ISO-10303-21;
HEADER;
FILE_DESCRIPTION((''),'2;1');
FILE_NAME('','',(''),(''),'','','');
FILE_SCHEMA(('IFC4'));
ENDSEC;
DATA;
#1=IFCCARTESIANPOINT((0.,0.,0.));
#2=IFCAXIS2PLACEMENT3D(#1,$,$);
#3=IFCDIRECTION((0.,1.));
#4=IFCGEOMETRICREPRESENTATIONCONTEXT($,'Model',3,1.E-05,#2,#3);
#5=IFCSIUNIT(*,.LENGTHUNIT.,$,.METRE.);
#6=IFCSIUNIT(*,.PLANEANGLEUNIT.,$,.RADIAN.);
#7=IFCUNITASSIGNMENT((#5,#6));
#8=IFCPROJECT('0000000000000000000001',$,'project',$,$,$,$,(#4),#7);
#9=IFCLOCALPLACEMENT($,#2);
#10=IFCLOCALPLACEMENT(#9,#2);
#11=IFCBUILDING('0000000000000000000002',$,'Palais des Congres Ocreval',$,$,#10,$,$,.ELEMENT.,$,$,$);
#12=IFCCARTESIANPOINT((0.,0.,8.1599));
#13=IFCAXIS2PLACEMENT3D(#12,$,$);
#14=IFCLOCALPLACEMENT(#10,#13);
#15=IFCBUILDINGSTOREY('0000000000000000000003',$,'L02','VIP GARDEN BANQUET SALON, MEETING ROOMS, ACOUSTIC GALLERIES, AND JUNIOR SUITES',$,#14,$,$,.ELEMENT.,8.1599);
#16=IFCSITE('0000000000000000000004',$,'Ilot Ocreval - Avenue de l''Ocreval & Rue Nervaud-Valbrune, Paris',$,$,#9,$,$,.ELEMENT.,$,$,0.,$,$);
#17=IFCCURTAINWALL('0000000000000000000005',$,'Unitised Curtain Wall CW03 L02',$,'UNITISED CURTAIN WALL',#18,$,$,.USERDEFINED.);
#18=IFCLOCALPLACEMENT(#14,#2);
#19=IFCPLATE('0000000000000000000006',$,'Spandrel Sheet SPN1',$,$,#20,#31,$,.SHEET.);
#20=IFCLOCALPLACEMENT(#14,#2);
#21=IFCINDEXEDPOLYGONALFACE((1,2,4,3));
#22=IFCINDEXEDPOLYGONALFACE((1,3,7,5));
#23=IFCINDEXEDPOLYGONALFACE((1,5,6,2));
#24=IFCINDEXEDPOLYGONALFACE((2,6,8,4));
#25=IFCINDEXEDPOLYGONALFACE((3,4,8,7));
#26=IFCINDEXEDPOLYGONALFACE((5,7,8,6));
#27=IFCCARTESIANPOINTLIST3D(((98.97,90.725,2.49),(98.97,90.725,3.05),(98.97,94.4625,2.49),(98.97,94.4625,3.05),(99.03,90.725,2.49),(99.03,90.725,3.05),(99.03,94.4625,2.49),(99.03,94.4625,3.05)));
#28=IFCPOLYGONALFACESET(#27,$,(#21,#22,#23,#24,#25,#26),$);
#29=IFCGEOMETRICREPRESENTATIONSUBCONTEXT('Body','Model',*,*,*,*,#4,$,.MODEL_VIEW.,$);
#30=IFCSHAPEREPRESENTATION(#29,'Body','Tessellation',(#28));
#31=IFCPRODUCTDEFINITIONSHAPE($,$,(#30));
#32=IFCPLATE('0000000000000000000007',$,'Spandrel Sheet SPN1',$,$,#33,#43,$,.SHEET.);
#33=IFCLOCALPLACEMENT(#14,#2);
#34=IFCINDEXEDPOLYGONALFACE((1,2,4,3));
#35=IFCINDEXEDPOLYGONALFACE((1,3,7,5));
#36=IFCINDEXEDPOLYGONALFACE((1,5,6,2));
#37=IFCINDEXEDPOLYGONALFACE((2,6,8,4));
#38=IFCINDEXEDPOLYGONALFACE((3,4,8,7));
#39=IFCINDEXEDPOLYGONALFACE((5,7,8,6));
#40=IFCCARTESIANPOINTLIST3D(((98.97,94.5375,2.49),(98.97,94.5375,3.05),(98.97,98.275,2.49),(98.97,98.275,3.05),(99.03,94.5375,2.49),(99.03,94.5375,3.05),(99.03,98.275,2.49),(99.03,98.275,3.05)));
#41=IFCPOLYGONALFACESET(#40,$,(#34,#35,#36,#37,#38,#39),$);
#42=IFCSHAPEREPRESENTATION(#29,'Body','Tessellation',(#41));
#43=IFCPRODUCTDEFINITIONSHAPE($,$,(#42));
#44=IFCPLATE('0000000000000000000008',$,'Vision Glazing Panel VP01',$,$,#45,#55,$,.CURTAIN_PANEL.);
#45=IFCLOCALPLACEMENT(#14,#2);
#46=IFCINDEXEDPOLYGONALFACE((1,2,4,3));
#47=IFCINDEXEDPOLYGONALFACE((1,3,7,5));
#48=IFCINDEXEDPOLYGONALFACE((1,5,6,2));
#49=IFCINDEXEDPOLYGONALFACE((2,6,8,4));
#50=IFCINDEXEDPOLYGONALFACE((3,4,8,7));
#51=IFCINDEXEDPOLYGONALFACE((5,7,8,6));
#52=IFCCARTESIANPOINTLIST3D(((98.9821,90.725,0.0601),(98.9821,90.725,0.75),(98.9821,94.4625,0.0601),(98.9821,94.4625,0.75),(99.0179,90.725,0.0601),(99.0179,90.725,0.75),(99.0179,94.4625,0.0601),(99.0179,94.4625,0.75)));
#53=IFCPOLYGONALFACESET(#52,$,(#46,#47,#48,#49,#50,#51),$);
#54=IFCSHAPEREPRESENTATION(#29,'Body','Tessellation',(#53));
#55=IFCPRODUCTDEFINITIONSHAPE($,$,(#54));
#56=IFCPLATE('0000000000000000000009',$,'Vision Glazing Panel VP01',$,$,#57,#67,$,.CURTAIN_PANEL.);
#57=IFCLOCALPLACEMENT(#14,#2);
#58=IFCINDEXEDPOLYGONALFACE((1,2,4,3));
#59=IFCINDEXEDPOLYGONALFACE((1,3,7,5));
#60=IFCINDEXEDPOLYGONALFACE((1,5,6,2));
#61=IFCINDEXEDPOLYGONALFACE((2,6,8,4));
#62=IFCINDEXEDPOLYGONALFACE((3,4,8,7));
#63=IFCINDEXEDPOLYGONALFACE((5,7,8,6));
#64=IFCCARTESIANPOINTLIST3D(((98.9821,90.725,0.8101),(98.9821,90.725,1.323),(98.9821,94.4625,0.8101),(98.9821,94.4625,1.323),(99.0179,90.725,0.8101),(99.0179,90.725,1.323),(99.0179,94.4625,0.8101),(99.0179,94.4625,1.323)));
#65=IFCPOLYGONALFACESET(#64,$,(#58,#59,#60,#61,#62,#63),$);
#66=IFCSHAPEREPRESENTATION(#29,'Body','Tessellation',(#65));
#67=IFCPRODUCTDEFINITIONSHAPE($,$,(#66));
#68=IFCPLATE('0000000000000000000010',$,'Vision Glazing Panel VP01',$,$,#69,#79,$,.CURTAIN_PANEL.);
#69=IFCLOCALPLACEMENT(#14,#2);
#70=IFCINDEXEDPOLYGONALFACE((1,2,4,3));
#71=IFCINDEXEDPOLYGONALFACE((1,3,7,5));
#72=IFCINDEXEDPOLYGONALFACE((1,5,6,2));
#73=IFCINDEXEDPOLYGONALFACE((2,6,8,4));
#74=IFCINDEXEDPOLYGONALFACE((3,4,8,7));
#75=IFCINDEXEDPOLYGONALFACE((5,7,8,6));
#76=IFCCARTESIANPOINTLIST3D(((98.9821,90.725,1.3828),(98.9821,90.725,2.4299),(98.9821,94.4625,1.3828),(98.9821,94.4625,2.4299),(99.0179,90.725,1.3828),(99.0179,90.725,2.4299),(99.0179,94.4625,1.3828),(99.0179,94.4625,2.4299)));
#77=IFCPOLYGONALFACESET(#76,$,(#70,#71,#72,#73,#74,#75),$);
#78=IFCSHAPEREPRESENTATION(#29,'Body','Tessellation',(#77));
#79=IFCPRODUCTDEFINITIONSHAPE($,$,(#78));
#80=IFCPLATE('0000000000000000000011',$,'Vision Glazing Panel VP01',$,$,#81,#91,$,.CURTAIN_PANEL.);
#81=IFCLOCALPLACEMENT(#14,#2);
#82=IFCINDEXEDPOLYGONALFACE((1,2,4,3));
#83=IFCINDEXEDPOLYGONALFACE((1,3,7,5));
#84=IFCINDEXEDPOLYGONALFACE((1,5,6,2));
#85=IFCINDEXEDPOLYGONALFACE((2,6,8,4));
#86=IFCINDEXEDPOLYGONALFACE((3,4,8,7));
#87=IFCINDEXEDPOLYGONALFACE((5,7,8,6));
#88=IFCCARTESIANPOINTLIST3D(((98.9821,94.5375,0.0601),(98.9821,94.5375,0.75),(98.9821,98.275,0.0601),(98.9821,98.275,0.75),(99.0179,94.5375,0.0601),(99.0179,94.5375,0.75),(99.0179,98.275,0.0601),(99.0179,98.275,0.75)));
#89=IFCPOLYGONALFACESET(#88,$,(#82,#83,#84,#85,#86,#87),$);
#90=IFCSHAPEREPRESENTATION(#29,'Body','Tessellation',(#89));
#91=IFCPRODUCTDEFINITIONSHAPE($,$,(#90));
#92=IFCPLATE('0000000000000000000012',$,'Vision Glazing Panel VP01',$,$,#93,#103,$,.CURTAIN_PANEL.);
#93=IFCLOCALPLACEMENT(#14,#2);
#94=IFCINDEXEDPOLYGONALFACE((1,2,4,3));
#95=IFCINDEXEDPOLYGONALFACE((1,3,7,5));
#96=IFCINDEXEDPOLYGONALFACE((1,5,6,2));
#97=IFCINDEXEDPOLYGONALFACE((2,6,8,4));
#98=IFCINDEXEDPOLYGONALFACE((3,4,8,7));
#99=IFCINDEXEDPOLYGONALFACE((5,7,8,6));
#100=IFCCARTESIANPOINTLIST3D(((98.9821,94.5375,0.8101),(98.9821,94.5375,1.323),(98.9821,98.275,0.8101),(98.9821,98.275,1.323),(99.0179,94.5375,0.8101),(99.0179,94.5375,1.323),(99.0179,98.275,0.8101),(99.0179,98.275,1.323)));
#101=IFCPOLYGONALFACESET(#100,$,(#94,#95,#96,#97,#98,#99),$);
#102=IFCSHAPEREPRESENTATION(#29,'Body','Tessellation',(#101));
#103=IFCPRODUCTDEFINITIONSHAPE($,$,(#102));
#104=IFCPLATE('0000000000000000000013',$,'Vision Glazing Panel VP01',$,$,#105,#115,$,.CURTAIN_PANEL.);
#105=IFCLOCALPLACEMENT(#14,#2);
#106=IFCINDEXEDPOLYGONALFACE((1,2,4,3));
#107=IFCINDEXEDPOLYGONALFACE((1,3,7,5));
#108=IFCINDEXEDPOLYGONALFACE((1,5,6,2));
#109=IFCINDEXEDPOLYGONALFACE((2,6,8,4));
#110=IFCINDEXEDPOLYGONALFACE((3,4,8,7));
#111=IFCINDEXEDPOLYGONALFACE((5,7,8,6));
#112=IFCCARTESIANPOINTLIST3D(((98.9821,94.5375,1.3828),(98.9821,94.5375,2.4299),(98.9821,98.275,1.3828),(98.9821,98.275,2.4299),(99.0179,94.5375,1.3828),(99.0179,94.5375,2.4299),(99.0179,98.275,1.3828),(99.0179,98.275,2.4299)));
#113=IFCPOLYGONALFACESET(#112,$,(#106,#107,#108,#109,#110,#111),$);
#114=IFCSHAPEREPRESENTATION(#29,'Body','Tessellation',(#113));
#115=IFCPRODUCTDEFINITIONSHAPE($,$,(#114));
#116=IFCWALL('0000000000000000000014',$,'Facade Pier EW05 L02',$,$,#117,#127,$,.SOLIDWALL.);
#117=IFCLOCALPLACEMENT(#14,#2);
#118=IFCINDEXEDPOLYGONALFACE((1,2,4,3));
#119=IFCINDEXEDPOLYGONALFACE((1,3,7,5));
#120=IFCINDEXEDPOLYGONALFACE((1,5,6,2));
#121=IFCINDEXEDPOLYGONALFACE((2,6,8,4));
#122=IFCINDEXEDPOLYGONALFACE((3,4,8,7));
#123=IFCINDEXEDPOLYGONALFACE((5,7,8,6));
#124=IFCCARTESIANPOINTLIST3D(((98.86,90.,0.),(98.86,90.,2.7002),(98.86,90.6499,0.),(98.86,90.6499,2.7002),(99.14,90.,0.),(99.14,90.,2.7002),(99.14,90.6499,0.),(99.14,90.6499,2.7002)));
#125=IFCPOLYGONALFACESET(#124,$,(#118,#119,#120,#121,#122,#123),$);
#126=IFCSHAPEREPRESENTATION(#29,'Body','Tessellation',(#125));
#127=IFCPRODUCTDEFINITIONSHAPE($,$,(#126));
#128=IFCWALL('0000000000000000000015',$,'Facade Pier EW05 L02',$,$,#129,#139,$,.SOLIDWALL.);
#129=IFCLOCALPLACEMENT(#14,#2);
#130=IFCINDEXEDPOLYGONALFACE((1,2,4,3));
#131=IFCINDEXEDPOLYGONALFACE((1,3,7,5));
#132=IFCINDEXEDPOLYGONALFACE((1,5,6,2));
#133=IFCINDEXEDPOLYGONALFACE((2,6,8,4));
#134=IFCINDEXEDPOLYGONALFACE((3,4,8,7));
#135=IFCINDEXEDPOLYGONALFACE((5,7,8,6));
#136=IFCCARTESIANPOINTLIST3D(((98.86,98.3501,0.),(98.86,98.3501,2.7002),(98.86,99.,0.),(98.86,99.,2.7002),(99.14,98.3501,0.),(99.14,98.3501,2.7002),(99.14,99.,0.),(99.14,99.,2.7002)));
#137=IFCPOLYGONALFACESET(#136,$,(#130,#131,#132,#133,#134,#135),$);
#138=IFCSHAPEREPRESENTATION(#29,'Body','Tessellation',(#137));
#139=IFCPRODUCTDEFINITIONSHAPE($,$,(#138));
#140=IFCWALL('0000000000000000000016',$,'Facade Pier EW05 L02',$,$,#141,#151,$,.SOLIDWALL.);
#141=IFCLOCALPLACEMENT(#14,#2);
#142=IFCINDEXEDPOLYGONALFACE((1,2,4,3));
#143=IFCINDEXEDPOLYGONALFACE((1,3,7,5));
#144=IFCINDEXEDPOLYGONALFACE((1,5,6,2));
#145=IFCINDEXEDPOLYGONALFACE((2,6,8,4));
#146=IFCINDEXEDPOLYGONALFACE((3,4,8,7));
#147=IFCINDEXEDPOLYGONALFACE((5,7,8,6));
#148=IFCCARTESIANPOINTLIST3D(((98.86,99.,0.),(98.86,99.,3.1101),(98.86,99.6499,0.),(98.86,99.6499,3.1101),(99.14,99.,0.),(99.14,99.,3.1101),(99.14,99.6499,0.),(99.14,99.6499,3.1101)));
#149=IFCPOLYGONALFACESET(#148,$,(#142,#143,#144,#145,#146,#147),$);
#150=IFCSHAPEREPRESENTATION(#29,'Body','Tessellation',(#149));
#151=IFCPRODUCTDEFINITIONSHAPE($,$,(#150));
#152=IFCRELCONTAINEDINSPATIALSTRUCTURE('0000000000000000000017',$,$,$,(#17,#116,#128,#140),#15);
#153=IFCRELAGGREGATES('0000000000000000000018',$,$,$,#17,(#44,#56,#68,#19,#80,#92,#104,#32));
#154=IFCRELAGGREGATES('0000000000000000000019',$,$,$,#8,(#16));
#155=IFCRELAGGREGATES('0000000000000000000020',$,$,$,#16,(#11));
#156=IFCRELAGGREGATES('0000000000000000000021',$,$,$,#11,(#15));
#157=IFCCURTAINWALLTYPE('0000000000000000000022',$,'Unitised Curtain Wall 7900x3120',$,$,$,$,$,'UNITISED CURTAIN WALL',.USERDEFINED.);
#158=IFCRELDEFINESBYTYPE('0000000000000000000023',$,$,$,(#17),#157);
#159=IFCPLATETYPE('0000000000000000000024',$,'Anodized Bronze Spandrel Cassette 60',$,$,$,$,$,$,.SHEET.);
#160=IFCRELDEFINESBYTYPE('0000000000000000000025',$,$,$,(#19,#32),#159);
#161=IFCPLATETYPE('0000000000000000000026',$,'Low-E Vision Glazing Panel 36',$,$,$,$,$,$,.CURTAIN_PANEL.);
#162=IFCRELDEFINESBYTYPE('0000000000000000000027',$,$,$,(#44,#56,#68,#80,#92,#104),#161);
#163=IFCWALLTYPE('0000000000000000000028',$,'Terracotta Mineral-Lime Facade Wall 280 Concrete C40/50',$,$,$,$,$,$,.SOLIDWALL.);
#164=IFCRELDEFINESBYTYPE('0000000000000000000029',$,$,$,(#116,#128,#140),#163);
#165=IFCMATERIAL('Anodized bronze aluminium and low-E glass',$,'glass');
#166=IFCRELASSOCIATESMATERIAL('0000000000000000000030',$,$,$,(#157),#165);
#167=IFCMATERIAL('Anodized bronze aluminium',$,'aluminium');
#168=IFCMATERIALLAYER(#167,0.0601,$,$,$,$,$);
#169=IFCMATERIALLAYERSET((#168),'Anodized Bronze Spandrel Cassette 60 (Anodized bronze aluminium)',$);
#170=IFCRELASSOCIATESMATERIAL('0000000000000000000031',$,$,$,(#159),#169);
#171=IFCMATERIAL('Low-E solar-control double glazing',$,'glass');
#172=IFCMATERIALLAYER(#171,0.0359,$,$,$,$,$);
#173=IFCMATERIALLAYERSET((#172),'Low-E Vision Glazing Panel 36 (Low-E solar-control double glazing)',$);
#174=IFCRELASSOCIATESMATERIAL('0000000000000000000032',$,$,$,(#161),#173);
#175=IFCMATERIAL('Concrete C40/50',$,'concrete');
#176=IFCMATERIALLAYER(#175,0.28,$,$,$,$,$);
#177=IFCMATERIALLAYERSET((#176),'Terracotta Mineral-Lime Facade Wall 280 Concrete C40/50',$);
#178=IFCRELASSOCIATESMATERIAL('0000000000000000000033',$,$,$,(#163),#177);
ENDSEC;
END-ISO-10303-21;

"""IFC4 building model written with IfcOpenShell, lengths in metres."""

from ifc_helpers import new_model, si_unit, direction, frame, frame_2d, origin, origin_2d, place, context, subcontext, project, spatial, rectangle, extrude, material, layer, layer_set, type_object, element, aggregate, save


model = new_model("IFC4")

# Units and contexts
model_context = context("Model", 3, precision=1e-05, world=origin(), true_north=direction((0.0, 1.0)))
body_context = subcontext(model_context, "Body", "Model", "MODEL_VIEW")
ifc_project = project(units=[si_unit("LENGTHUNIT", "METRE"), si_unit("PLANEANGLEUNIT", "RADIAN")], contexts=[model_context])

# Site, building, storey
site_placement = place(None, origin())
site = spatial("IfcSite", under=ifc_project, at=site_placement, Name="Ilot Ocreval - Avenue de l'Ocreval & Rue Nervaud-Valbrune, Paris", CompositionType="ELEMENT", RefElevation=0.0)
building_placement = place(site_placement, origin())
building = spatial("IfcBuilding", under=site, at=building_placement, Name="Palais des Congres Ocreval", CompositionType="ELEMENT")
storey_placement = place(building_placement, frame((0.0, 0.0, 8.1599)))
storey = spatial("IfcBuildingStorey", under=building, at=storey_placement, Name="L02", Description="VIP GARDEN BANQUET SALON, MEETING ROOMS, ACOUSTIC GALLERIES, AND JUNIOR SUITES", CompositionType="ELEMENT", Elevation=8.1599)

# Curtain wall
ifc_material_1 = material(Name="Anodized bronze aluminium and low-E glass", Category="glass")
curtain_wall_type = type_object("IfcCurtainWallType", Name="Unitised Curtain Wall 7900x3120", ElementType="UNITISED CURTAIN WALL", PredefinedType="USERDEFINED", material=ifc_material_1)
curtain_wall_placement = place(storey_placement, origin())
curtain_wall = element("IfcCurtainWall", 1, at=curtain_wall_placement, inside=storey, type_object=curtain_wall_type, Name="Unitised Curtain Wall CW03 L02", ObjectType="UNITISED CURTAIN WALL", PredefinedType="USERDEFINED")
ifc_material_2 = material(Name="Anodized bronze aluminium", Category="aluminium")

# Plates
ifc_layer_1 = layer(ifc_material_2, 0.0601)
ifc_layer_set_1 = layer_set([ifc_layer_1], Name="Anodized Bronze Spandrel Cassette 60 (Anodized bronze aluminium)")
plate_type_1 = type_object("IfcPlateType", Name="Anodized Bronze Spandrel Cassette 60", PredefinedType="SHEET", material=ifc_layer_set_1)
plate_1_placement = place(storey_placement, frame((99.0, 92.5938, 2.49), z_axis=(0.0, 0.0, 1.0), x_axis=(0.0, 1.0, 0.0)))
plate_1 = element("IfcPlate", 2, at=plate_1_placement, type_object=plate_type_1, Name="Spandrel Sheet SPN1", PredefinedType="SHEET", context=body_context, shape_type="SweptSolid", body=[
    extrude(rectangle(XDim=3.7375, YDim=0.0601, at=origin_2d()), origin(), (0.0, 0.0, 1.0), 0.5601),
])
plate_2_placement = place(storey_placement, frame((99.0, 96.4062, 2.49), z_axis=(0.0, 0.0, 1.0), x_axis=(0.0, 1.0, 0.0)))
plate_2 = element("IfcPlate", 3, at=plate_2_placement, type_object=plate_type_1, Name="Spandrel Sheet SPN1", PredefinedType="SHEET", context=body_context, shape_type="SweptSolid", body=[
    extrude(rectangle(XDim=3.7375, YDim=0.0601, at=origin_2d()), origin(), (0.0, 0.0, 1.0), 0.5601),
])
ifc_material_3 = material(Name="Low-E solar-control double glazing", Category="glass")
ifc_layer_2 = layer(ifc_material_3, 0.0359)
ifc_layer_set_2 = layer_set([ifc_layer_2], Name="Low-E Vision Glazing Panel 36 (Low-E solar-control double glazing)")
plate_type_2 = type_object("IfcPlateType", Name="Low-E Vision Glazing Panel 36", PredefinedType="CURTAIN_PANEL", material=ifc_layer_set_2)
plate_3_placement = place(storey_placement, frame((99.0, 92.5938, 0.0601), z_axis=(0.0, 0.0, 1.0), x_axis=(0.0, 1.0, 0.0)))
plate_3 = element("IfcPlate", 4, at=plate_3_placement, type_object=plate_type_2, Name="Vision Glazing Panel VP01", PredefinedType="CURTAIN_PANEL", context=body_context, shape_type="SweptSolid", body=[
    extrude(rectangle(XDim=3.7375, YDim=0.0359, at=origin_2d()), origin(), (0.0, 0.0, 1.0), 0.6899),
])
plate_4_placement = place(storey_placement, frame((99.0, 92.5938, 0.8101), z_axis=(0.0, 0.0, 1.0), x_axis=(0.0, 1.0, 0.0)))
plate_4 = element("IfcPlate", 5, at=plate_4_placement, type_object=plate_type_2, Name="Vision Glazing Panel VP01", PredefinedType="CURTAIN_PANEL", context=body_context, shape_type="SweptSolid", body=[
    extrude(rectangle(XDim=3.7375, YDim=0.0359, at=origin_2d()), origin(), (0.0, 0.0, 1.0), 0.5129),
])
plate_5_placement = place(storey_placement, frame((99.0, 92.5938, 1.3828), z_axis=(0.0, 0.0, 1.0), x_axis=(0.0, 1.0, 0.0)))
plate_5 = element("IfcPlate", 6, at=plate_5_placement, type_object=plate_type_2, Name="Vision Glazing Panel VP01", PredefinedType="CURTAIN_PANEL", context=body_context, shape_type="SweptSolid", body=[
    extrude(rectangle(XDim=3.7375, YDim=0.0359, at=origin_2d()), origin(), (0.0, 0.0, 1.0), 1.0471),
])
plate_6_placement = place(storey_placement, frame((99.0, 96.4062, 0.0601), z_axis=(0.0, 0.0, 1.0), x_axis=(0.0, 1.0, 0.0)))
plate_6 = element("IfcPlate", 7, at=plate_6_placement, type_object=plate_type_2, Name="Vision Glazing Panel VP01", PredefinedType="CURTAIN_PANEL", context=body_context, shape_type="SweptSolid", body=[
    extrude(rectangle(XDim=3.7375, YDim=0.0359, at=origin_2d()), origin(), (0.0, 0.0, 1.0), 0.6899),
])
plate_7_placement = place(storey_placement, frame((99.0, 96.4062, 0.8101), z_axis=(0.0, 0.0, 1.0), x_axis=(0.0, 1.0, 0.0)))
plate_7 = element("IfcPlate", 8, at=plate_7_placement, type_object=plate_type_2, Name="Vision Glazing Panel VP01", PredefinedType="CURTAIN_PANEL", context=body_context, shape_type="SweptSolid", body=[
    extrude(rectangle(XDim=3.7375, YDim=0.0359, at=origin_2d()), origin(), (0.0, 0.0, 1.0), 0.5129),
])
plate_8_placement = place(storey_placement, frame((99.0, 96.4062, 1.3828), z_axis=(0.0, 0.0, 1.0), x_axis=(0.0, 1.0, 0.0)))
plate_8 = element("IfcPlate", 9, at=plate_8_placement, type_object=plate_type_2, Name="Vision Glazing Panel VP01", PredefinedType="CURTAIN_PANEL", context=body_context, shape_type="SweptSolid", body=[
    extrude(rectangle(XDim=3.7375, YDim=0.0359, at=origin_2d()), origin(), (0.0, 0.0, 1.0), 1.0471),
])
aggregate(curtain_wall, [plate_3, plate_4, plate_5, plate_1, plate_6, plate_7, plate_8, plate_2])

# Walls
ifc_material_4 = material(Name="Concrete C40/50", Category="concrete")
ifc_layer_3 = layer(ifc_material_4, 0.28)
ifc_layer_set_3 = layer_set([ifc_layer_3], Name="Terracotta Mineral-Lime Facade Wall 280 Concrete C40/50")
wall_type = type_object("IfcWallType", Name="Terracotta Mineral-Lime Facade Wall 280 Concrete C40/50", PredefinedType="SOLIDWALL", material=ifc_layer_set_3)
for number, where, z_axis, x_axis, name in (
    (10, (99.0, 90.0, 0.0), (0.0, 0.0, 1.0), (0.0, 1.0, 0.0), "Facade Pier EW05 L02"),
    (11, (99.0, 98.3501, 0.0), (0.0, 0.0, 1.0), (0.0, 1.0, 0.0), "Facade Pier EW05 L02"),
):
    element("IfcWall", number, at=place(storey_placement, frame(where, z_axis=z_axis, x_axis=x_axis)), inside=storey, type_object=wall_type, Name=name, PredefinedType="SOLIDWALL", context=body_context, shape_type="SweptSolid", body=[
        extrude(rectangle(XDim=0.6499, YDim=0.28, at=frame_2d((0.325, 0.0))), origin(), (0.0, 0.0, 1.0), 2.7002),
    ])
wall_placement = place(storey_placement, frame((99.0, 99.0, 0.0), z_axis=(0.0, 0.0, 1.0), x_axis=(0.0, 1.0, 0.0)))
element("IfcWall", 12, at=wall_placement, inside=storey, type_object=wall_type, Name="Facade Pier EW05 L02", PredefinedType="SOLIDWALL", context=body_context, shape_type="SweptSolid", body=[
    extrude(rectangle(XDim=0.6499, YDim=0.28, at=frame_2d((0.325, 0.0))), origin(), (0.0, 0.0, 1.0), 3.1101),
])

save(model, "model.ifc")
